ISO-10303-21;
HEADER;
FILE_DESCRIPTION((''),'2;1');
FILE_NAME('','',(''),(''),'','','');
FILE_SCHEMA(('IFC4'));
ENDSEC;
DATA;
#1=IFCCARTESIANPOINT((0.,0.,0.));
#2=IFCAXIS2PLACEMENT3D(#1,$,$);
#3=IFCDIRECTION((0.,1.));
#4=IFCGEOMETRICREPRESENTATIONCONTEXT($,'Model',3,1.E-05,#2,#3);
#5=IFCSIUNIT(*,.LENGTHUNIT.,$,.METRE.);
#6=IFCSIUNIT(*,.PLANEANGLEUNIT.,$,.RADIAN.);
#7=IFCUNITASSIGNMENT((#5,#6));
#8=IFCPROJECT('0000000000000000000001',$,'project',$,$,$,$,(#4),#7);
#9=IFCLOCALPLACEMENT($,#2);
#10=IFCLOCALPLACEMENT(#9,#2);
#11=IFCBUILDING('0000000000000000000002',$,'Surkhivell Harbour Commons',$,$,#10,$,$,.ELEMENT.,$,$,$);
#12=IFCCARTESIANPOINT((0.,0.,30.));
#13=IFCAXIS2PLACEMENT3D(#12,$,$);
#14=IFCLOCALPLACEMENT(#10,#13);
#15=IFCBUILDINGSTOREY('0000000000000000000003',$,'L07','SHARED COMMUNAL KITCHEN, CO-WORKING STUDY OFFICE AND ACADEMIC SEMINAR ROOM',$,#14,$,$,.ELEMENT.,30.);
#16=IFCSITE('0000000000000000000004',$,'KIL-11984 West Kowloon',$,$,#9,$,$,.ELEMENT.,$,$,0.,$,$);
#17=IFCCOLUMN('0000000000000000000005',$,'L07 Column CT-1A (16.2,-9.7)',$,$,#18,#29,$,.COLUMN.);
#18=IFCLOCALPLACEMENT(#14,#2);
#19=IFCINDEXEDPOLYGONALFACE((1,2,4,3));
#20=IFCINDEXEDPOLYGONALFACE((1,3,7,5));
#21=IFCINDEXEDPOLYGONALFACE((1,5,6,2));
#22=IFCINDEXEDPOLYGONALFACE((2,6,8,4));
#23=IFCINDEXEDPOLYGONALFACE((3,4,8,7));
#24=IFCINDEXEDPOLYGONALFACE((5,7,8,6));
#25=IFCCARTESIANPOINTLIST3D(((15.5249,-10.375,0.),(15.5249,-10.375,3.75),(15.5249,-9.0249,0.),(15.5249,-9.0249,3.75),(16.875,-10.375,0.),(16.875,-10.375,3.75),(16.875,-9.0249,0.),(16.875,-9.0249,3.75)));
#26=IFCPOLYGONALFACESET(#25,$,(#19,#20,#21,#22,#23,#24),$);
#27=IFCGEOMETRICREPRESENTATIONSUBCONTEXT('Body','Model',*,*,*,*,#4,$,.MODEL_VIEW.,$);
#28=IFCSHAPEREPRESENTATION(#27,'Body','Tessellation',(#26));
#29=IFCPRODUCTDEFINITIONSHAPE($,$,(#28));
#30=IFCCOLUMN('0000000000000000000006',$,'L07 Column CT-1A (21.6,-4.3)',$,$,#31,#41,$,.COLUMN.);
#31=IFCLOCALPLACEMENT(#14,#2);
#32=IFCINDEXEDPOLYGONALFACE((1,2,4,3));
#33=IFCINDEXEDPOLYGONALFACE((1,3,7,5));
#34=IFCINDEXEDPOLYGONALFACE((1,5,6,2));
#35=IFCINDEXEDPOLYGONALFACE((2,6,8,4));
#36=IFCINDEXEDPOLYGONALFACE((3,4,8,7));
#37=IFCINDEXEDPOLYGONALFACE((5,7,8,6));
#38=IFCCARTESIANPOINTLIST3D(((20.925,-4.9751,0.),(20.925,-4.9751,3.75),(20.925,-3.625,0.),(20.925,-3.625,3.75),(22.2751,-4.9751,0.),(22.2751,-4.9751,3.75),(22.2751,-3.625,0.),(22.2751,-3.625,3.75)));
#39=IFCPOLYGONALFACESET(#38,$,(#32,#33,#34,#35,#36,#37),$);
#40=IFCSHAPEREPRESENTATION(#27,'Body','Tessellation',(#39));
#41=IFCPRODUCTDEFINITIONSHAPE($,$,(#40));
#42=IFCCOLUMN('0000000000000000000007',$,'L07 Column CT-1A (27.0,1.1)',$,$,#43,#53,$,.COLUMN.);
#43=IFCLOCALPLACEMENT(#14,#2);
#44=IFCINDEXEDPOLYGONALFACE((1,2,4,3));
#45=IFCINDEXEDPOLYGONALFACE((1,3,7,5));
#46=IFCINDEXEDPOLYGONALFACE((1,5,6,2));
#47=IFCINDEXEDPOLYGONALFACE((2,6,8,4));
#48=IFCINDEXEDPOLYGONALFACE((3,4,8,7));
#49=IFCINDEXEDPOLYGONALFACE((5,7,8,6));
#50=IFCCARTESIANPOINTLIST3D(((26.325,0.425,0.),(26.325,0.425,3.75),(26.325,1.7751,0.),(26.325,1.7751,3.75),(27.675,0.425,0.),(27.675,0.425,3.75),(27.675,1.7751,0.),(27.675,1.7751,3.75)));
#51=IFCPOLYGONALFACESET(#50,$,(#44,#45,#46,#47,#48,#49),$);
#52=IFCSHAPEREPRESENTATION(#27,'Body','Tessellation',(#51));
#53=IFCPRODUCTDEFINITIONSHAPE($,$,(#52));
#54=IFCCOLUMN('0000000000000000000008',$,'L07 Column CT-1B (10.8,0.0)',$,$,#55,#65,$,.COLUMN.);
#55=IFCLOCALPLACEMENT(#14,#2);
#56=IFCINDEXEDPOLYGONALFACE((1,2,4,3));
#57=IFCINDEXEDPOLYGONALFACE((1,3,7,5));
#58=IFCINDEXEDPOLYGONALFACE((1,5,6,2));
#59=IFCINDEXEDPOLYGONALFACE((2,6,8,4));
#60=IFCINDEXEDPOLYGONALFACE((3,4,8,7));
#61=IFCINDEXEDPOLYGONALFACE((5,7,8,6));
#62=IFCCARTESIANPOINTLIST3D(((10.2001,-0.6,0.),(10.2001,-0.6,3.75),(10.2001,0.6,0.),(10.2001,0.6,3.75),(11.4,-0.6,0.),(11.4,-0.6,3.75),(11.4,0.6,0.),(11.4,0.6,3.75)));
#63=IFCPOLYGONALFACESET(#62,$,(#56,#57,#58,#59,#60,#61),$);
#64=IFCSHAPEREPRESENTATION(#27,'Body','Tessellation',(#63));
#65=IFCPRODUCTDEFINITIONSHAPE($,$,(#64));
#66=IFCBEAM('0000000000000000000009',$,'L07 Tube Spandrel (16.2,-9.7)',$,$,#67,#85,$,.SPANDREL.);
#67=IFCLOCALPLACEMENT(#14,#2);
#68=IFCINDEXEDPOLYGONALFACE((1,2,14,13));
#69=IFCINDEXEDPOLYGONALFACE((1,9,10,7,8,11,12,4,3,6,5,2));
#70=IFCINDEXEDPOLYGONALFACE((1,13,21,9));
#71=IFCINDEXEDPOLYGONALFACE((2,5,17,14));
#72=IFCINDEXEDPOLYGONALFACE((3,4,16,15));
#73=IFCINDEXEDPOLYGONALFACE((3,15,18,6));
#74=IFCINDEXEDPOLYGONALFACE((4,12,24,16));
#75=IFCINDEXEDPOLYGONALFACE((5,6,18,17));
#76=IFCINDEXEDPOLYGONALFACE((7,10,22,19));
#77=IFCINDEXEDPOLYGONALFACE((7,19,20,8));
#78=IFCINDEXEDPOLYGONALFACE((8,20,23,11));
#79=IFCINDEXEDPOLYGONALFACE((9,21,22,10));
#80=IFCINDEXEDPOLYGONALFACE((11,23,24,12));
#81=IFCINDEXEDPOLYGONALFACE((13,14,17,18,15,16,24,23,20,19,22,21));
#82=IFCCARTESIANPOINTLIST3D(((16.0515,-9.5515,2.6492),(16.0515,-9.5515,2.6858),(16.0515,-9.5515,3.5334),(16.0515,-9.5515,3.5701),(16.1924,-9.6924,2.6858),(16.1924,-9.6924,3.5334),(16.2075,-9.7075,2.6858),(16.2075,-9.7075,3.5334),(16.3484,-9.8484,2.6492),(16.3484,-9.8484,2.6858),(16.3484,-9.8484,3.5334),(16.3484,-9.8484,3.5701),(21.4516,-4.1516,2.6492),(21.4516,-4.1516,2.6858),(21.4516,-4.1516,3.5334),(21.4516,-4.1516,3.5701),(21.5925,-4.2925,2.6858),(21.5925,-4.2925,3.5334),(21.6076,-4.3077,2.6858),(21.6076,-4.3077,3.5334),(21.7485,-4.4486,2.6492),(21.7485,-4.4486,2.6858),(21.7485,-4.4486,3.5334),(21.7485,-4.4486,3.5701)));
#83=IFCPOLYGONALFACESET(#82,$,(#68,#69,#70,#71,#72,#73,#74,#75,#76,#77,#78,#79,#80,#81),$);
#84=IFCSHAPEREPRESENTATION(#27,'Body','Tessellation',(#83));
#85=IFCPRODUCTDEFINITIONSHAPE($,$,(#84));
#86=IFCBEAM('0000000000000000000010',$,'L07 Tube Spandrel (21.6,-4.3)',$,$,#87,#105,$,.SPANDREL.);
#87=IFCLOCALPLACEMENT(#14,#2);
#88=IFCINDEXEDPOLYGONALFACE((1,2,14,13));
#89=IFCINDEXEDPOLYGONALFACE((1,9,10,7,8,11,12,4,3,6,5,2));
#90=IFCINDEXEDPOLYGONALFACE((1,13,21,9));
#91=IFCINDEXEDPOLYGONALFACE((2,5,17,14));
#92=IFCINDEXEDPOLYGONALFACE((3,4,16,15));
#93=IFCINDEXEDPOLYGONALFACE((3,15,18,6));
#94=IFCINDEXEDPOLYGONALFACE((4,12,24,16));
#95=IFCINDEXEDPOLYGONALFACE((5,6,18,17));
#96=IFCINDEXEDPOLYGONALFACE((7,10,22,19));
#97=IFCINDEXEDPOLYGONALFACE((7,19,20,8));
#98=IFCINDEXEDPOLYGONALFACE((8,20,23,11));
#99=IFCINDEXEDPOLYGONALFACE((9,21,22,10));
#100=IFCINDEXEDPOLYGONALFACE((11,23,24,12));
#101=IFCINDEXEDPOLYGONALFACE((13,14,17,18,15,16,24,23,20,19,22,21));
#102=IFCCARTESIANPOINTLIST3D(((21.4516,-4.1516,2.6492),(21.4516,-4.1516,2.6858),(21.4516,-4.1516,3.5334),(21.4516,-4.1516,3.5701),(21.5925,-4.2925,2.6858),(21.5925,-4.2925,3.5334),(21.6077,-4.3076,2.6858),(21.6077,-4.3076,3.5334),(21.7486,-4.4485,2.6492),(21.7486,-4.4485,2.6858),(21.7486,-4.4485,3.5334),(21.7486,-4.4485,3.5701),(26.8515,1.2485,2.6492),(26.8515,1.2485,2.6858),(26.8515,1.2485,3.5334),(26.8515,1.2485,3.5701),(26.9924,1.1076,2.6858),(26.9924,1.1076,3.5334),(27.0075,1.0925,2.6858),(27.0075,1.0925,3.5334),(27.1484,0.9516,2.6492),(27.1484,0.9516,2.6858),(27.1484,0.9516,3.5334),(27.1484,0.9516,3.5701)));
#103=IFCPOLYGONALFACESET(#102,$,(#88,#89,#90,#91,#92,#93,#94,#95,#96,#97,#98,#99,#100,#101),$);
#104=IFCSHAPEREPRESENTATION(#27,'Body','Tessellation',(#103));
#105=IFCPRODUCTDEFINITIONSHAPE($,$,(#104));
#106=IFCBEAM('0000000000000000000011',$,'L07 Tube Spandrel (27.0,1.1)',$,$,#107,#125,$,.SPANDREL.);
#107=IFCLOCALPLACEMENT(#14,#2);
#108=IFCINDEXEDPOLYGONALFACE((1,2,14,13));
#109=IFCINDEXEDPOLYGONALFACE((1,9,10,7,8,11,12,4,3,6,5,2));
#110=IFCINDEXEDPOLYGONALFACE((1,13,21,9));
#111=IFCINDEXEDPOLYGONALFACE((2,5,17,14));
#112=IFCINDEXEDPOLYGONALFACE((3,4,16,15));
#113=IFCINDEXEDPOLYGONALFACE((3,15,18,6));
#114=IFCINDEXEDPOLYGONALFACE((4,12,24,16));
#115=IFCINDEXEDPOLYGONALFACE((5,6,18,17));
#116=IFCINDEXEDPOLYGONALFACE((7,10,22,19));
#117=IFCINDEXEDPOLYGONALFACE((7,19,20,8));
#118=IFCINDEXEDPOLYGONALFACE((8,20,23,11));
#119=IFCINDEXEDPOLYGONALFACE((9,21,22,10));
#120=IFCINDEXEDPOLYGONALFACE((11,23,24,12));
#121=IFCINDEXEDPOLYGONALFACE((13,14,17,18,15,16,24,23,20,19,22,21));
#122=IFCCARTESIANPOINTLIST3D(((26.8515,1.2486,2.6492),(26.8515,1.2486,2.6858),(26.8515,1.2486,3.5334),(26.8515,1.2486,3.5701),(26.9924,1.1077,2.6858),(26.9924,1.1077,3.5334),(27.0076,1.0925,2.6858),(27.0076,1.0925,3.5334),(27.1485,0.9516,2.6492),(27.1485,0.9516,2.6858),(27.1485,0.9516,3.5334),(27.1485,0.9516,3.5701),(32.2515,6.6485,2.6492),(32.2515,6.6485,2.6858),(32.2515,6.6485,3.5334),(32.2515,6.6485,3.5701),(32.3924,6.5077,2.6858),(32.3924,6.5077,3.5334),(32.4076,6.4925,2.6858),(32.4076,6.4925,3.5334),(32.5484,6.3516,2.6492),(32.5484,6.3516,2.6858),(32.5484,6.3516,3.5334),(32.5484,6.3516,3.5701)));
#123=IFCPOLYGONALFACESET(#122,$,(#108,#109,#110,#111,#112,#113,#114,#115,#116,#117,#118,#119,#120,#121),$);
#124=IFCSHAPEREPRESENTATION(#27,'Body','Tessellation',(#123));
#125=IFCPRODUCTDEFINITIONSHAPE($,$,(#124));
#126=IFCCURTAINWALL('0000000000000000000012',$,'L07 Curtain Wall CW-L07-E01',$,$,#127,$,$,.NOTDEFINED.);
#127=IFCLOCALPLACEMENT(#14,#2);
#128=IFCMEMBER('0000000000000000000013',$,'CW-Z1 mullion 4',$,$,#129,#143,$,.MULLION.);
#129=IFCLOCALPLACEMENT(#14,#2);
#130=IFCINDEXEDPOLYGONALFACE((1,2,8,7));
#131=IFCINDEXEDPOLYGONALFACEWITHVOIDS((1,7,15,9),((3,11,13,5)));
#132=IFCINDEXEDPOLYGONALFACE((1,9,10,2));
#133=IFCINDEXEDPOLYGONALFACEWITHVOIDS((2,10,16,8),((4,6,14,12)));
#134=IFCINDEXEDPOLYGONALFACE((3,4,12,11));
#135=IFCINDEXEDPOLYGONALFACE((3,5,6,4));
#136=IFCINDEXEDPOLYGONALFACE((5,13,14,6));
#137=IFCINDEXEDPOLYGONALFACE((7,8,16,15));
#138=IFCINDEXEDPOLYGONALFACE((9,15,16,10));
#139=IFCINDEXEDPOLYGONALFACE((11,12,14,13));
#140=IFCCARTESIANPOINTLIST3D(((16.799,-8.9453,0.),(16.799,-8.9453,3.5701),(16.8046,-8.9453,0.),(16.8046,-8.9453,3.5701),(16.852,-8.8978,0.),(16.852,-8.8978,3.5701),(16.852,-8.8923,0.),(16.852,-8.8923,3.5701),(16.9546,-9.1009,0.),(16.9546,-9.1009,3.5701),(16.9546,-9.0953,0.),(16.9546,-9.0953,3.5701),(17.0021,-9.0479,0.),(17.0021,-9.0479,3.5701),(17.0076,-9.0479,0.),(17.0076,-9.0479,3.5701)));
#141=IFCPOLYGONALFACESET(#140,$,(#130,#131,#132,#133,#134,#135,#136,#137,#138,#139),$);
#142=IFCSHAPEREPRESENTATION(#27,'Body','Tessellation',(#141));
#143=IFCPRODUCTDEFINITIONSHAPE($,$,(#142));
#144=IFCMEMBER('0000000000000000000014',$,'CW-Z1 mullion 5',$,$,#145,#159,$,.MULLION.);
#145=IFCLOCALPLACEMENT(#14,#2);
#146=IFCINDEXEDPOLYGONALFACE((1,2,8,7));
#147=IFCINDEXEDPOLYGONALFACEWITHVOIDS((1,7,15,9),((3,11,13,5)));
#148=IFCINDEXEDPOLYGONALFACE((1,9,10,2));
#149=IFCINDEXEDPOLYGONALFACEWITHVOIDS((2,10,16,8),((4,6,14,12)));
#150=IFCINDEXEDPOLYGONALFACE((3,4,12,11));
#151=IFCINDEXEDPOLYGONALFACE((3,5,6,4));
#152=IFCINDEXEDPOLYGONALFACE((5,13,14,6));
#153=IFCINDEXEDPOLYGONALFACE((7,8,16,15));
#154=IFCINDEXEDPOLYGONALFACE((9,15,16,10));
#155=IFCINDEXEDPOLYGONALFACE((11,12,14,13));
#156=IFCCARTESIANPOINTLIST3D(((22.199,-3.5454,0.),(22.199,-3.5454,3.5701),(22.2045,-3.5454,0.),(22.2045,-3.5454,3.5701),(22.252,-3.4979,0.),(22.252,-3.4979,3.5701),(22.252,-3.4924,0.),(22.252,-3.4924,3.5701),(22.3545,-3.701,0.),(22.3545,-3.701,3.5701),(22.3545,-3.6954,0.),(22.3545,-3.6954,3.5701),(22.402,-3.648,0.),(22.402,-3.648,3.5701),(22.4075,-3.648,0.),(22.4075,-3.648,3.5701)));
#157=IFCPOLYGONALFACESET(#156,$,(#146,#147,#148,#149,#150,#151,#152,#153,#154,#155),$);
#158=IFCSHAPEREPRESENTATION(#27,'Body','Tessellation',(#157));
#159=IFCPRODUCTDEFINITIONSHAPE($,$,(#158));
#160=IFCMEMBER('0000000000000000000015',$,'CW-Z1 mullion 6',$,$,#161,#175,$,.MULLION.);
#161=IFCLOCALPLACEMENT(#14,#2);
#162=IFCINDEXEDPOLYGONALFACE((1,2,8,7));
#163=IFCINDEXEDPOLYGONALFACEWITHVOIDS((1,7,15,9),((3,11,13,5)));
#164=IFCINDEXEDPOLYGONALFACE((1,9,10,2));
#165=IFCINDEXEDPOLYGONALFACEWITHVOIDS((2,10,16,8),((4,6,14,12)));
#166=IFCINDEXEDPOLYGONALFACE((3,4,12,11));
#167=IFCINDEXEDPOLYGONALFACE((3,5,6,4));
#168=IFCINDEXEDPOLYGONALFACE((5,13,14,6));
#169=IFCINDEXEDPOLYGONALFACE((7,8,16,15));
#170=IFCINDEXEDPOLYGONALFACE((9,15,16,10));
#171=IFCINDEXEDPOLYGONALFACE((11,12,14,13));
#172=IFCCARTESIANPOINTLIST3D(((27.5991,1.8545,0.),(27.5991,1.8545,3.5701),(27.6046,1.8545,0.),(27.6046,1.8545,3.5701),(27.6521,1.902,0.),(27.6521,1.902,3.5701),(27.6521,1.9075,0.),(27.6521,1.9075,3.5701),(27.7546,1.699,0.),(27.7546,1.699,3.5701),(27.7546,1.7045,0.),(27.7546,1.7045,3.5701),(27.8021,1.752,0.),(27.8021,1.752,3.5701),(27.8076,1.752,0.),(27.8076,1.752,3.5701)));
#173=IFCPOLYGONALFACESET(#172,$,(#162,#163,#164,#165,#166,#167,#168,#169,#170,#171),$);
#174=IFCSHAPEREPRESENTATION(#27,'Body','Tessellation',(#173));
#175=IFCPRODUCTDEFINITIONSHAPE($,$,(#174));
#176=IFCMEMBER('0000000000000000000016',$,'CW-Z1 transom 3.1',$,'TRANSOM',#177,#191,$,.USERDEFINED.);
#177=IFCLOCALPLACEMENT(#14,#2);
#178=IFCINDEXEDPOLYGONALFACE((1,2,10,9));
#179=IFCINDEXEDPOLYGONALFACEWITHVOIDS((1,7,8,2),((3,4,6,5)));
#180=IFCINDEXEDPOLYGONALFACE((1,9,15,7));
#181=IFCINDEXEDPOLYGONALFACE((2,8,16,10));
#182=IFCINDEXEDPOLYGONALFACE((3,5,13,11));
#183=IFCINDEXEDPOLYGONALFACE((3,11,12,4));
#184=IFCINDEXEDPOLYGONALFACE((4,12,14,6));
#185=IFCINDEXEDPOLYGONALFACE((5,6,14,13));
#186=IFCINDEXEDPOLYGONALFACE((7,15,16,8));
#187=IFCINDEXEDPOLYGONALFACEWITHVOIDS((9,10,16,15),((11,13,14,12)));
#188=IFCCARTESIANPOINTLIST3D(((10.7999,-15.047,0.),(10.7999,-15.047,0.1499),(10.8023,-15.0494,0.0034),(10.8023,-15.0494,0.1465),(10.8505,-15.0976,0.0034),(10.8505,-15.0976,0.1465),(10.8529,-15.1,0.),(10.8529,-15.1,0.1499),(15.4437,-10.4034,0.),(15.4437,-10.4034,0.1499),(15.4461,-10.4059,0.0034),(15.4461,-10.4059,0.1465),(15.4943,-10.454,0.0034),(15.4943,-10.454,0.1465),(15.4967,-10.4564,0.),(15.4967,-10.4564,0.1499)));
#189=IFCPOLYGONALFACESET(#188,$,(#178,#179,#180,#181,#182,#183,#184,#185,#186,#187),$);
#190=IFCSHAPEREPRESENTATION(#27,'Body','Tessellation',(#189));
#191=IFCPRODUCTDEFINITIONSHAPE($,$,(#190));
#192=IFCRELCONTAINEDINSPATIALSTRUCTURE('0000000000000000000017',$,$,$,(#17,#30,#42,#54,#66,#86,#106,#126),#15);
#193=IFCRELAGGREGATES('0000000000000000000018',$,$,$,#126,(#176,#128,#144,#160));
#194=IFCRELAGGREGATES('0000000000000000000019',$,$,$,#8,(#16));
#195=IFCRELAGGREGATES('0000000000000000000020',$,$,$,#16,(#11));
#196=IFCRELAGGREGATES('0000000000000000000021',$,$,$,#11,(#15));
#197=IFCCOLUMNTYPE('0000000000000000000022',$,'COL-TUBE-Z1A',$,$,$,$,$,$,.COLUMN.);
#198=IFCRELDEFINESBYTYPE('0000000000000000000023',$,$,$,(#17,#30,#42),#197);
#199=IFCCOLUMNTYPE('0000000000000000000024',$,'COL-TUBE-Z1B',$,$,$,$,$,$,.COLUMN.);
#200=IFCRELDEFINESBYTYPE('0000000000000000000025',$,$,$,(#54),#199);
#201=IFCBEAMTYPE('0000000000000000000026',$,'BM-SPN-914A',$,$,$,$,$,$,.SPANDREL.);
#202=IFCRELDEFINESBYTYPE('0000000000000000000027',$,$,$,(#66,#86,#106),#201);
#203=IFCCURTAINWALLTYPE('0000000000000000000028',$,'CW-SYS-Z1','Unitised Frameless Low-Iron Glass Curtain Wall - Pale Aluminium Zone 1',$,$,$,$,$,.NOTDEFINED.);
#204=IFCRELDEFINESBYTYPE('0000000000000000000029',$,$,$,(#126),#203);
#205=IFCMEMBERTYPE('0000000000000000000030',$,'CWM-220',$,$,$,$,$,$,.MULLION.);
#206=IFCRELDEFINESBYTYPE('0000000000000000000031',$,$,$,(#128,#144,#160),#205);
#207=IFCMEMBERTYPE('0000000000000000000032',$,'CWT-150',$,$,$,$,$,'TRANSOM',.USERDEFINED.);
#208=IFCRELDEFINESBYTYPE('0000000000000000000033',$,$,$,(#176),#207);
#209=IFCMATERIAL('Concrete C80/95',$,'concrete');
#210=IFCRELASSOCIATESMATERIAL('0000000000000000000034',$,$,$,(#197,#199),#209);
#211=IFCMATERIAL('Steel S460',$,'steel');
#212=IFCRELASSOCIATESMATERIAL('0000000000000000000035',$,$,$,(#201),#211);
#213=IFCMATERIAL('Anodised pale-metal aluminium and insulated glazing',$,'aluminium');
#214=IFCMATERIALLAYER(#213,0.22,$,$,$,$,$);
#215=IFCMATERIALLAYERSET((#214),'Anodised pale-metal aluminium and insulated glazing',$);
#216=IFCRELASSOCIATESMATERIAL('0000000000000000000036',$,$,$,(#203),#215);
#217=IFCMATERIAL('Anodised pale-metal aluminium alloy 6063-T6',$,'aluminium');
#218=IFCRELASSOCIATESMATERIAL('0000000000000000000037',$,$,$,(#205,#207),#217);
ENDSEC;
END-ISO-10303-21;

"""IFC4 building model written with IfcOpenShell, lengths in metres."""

from ifc_helpers import new_model, si_unit, direction, frame, origin, origin_2d, place, context, subcontext, project, spatial, rectangle, hollow_rectangle, i_section, extrude, material, layer, layer_set, material_profile, profile_set, type_object, element, aggregate, save


model = new_model("IFC4")

# Units and contexts
model_context = context("Model", 3, precision=1e-05, world=origin(), true_north=direction((0.0, 1.0)))
body_context = subcontext(model_context, "Body", "Model", "MODEL_VIEW")
ifc_project = project(units=[si_unit("LENGTHUNIT", "METRE"), si_unit("PLANEANGLEUNIT", "RADIAN")], contexts=[model_context])

# Site, building, storey
site_placement = place(None, origin())
site = spatial("IfcSite", under=ifc_project, at=site_placement, Name="KIL-11984 West Kowloon", CompositionType="ELEMENT", RefElevation=0.0)
building_placement = place(site_placement, origin())
building = spatial("IfcBuilding", under=site, at=building_placement, Name="Surkhivell Harbour Commons", CompositionType="ELEMENT")
storey_placement = place(building_placement, frame((0.0, 0.0, 30.0)))
storey = spatial("IfcBuildingStorey", under=building, at=storey_placement, Name="L07", Description="SHARED COMMUNAL KITCHEN, CO-WORKING STUDY OFFICE AND ACADEMIC SEMINAR ROOM", CompositionType="ELEMENT", Elevation=30.0)

# Columns
ifc_material_1 = material(Name="Concrete C80/95", Category="concrete")
ifc_material_profile_1 = material_profile(ifc_material_1, rectangle(XDim=1.3501, YDim=1.3501, at=origin_2d()), Name="RC-COL-1350x1350")
ifc_profile_set_1 = profile_set([ifc_material_profile_1], Name="Concrete C80/95")
column_type_1 = type_object("IfcColumnType", Name="COL-TUBE-Z1A", PredefinedType="COLUMN", material=ifc_profile_set_1)
for number, where, z_axis, x_axis, name in (
    (1, (16.2, -9.7, 0.0), (0.0, 0.0, 1.0), (1.0, 0.0, 0.0), "L07 Column CT-1A (16.2,-9.7)"),
    (2, (21.6001, -4.3, 0.0), (0.0, 0.0, 1.0), (1.0, 0.0, 0.0), "L07 Column CT-1A (21.6,-4.3)"),
    (3, (27.0, 1.1001, 0.0), (0.0, 0.0, 1.0), (1.0, 0.0, 0.0), "L07 Column CT-1A (27.0,1.1)"),
):
    element("IfcColumn", number, at=place(storey_placement, frame(where, z_axis=z_axis, x_axis=x_axis)), inside=storey, type_object=column_type_1, Name=name, PredefinedType="COLUMN", context=body_context, shape_type="SweptSolid", body=[
        extrude(rectangle(XDim=1.3501, YDim=1.3501, at=origin_2d()), origin(), (0.0, 0.0, 1.0), 3.75),
    ])
ifc_material_profile_2 = material_profile(ifc_material_1, rectangle(XDim=1.2, YDim=1.2, at=origin_2d()), Name="RC-COL-1200x1200")
ifc_profile_set_2 = profile_set([ifc_material_profile_2], Name="Concrete C80/95")
column_type_2 = type_object("IfcColumnType", Name="COL-TUBE-Z1B", PredefinedType="COLUMN", material=ifc_profile_set_2)
column_placement = place(storey_placement, frame((10.8, 0.0, 0.0), z_axis=(0.0, 0.0, 1.0), x_axis=(1.0, 0.0, 0.0)))
element("IfcColumn", 4, at=column_placement, inside=storey, type_object=column_type_2, Name="L07 Column CT-1B (10.8,0.0)", PredefinedType="COLUMN", context=body_context, shape_type="SweptSolid", body=[
    extrude(rectangle(XDim=1.2, YDim=1.2, at=origin_2d()), origin(), (0.0, 0.0, 1.0), 3.75),
])

# Beams
ifc_material_2 = material(Name="Steel S460", Category="steel")
ifc_material_profile_3 = material_profile(ifc_material_2, i_section(OverallWidth=0.4199, OverallDepth=0.9209, WebThickness=0.0215, FlangeThickness=0.0366, at=origin_2d()), Name="UB914x419x388")
ifc_profile_set_3 = profile_set([ifc_material_profile_3], Name="Steel S460")
beam_type = type_object("IfcBeamType", Name="BM-SPN-914A", PredefinedType="SPANDREL", material=ifc_profile_set_3)
for number, where, z_axis, x_axis, name in (
    (5, (16.2, -9.7, 3.1096), (0.707123, 0.707091, 0.0), (-0.707091, 0.707123, 0.0), "L07 Tube Spandrel (16.2,-9.7)"),
    (6, (21.6001, -4.3, 3.1096), (0.707091, 0.707123, 0.0), (-0.707123, 0.707091, 0.0), "L07 Tube Spandrel (21.6,-4.3)"),
    (7, (27.0, 1.1001, 3.1096), (0.707107, 0.707107, 0.0), (-0.707107, 0.707107, 0.0), "L07 Tube Spandrel (27.0,1.1)"),
):
    element("IfcBeam", number, at=place(storey_placement, frame(where, z_axis=z_axis, x_axis=x_axis)), inside=storey, type_object=beam_type, Name=name, PredefinedType="SPANDREL", context=body_context, shape_type="SweptSolid", body=[
        extrude(i_section(OverallWidth=0.4199, OverallDepth=0.9209, WebThickness=0.0215, FlangeThickness=0.0366, at=origin_2d()), origin(), (0.0, 0.0, 1.0), 7.6367),
    ])

# Curtain wall, members
ifc_material_3 = material(Name="Anodised pale-metal aluminium and insulated glazing", Category="aluminium")
ifc_layer_1 = layer(ifc_material_3, 0.22)
ifc_layer_set_1 = layer_set([ifc_layer_1], Name="Anodised pale-metal aluminium and insulated glazing")
curtain_wall_type = type_object("IfcCurtainWallType", Name="CW-SYS-Z1", Description="Unitised Frameless Low-Iron Glass Curtain Wall - Pale Aluminium Zone 1", PredefinedType="NOTDEFINED", material=ifc_layer_set_1)
curtain_wall_placement = place(storey_placement, origin())
curtain_wall = element("IfcCurtainWall", 8, at=curtain_wall_placement, inside=storey, type_object=curtain_wall_type, Name="L07 Curtain Wall CW-L07-E01", PredefinedType="NOTDEFINED")
ifc_material_4 = material(Name="Anodised pale-metal aluminium alloy 6063-T6", Category="aluminium")
ifc_material_profile_4 = material_profile(ifc_material_4, hollow_rectangle(XDim=0.075, YDim=0.22, WallThickness=0.0039, at=origin_2d()), Name="ALU-MULL-75x220")
ifc_profile_set_4 = profile_set([ifc_material_profile_4], Name="Anodised pale-metal aluminium alloy 6063-T6")
member_type_1 = type_object("IfcMemberType", Name="CWM-220", PredefinedType="MULLION", material=ifc_profile_set_4)
member_1_placement = place(storey_placement, frame((16.9033, -8.9966, 0.0), z_axis=(0.0, 0.0, 1.0), x_axis=(0.707107, 0.707107, 0.0)))
member_1 = element("IfcMember", 9, at=member_1_placement, type_object=member_type_1, Name="CW-Z1 mullion 4", PredefinedType="MULLION", context=body_context, shape_type="SweptSolid", body=[
    extrude(hollow_rectangle(XDim=0.075, YDim=0.22, WallThickness=0.0039, at=origin_2d()), origin(), (0.0, 0.0, 1.0), 3.5701),
])
member_2_placement = place(storey_placement, frame((22.3032, -3.5967, 0.0), z_axis=(0.0, 0.0, 1.0), x_axis=(0.707107, 0.707107, 0.0)))
member_2 = element("IfcMember", 10, at=member_2_placement, type_object=member_type_1, Name="CW-Z1 mullion 5", PredefinedType="MULLION", context=body_context, shape_type="SweptSolid", body=[
    extrude(hollow_rectangle(XDim=0.075, YDim=0.22, WallThickness=0.0039, at=origin_2d()), origin(), (0.0, 0.0, 1.0), 3.5701),
])
member_3_placement = place(storey_placement, frame((27.7034, 1.8032, 0.0), z_axis=(0.0, 0.0, 1.0), x_axis=(0.707107, 0.707107, 0.0)))
member_3 = element("IfcMember", 11, at=member_3_placement, type_object=member_type_1, Name="CW-Z1 mullion 6", PredefinedType="MULLION", context=body_context, shape_type="SweptSolid", body=[
    extrude(hollow_rectangle(XDim=0.075, YDim=0.22, WallThickness=0.0039, at=origin_2d()), origin(), (0.0, 0.0, 1.0), 3.5701),
])
ifc_material_profile_5 = material_profile(ifc_material_4, hollow_rectangle(XDim=0.075, YDim=0.1499, WallThickness=0.0034, at=origin_2d()), Name="ALU-TRAN-75x150")
ifc_profile_set_5 = profile_set([ifc_material_profile_5], Name="Anodised pale-metal aluminium alloy 6063-T6")
member_type_2 = type_object("IfcMemberType", Name="CWT-150", ElementType="TRANSOM", PredefinedType="USERDEFINED", material=ifc_profile_set_5)
member_4_placement = place(storey_placement, frame((10.8264, -15.0735, 0.075), z_axis=(0.707125, 0.707088, 0.0), x_axis=(-0.707088, 0.707125, 0.0)))
member_4 = element("IfcMember", 12, at=member_4_placement, type_object=member_type_2, Name="CW-Z1 transom 3.1", ObjectType="TRANSOM", PredefinedType="USERDEFINED", context=body_context, shape_type="SweptSolid", body=[
    extrude(hollow_rectangle(XDim=0.075, YDim=0.1499, WallThickness=0.0034, at=origin_2d()), origin(), (0.0, 0.0, 1.0), 6.5671),
])
aggregate(curtain_wall, [member_4, member_1, member_2, member_3])

save(model, "model.ifc")
